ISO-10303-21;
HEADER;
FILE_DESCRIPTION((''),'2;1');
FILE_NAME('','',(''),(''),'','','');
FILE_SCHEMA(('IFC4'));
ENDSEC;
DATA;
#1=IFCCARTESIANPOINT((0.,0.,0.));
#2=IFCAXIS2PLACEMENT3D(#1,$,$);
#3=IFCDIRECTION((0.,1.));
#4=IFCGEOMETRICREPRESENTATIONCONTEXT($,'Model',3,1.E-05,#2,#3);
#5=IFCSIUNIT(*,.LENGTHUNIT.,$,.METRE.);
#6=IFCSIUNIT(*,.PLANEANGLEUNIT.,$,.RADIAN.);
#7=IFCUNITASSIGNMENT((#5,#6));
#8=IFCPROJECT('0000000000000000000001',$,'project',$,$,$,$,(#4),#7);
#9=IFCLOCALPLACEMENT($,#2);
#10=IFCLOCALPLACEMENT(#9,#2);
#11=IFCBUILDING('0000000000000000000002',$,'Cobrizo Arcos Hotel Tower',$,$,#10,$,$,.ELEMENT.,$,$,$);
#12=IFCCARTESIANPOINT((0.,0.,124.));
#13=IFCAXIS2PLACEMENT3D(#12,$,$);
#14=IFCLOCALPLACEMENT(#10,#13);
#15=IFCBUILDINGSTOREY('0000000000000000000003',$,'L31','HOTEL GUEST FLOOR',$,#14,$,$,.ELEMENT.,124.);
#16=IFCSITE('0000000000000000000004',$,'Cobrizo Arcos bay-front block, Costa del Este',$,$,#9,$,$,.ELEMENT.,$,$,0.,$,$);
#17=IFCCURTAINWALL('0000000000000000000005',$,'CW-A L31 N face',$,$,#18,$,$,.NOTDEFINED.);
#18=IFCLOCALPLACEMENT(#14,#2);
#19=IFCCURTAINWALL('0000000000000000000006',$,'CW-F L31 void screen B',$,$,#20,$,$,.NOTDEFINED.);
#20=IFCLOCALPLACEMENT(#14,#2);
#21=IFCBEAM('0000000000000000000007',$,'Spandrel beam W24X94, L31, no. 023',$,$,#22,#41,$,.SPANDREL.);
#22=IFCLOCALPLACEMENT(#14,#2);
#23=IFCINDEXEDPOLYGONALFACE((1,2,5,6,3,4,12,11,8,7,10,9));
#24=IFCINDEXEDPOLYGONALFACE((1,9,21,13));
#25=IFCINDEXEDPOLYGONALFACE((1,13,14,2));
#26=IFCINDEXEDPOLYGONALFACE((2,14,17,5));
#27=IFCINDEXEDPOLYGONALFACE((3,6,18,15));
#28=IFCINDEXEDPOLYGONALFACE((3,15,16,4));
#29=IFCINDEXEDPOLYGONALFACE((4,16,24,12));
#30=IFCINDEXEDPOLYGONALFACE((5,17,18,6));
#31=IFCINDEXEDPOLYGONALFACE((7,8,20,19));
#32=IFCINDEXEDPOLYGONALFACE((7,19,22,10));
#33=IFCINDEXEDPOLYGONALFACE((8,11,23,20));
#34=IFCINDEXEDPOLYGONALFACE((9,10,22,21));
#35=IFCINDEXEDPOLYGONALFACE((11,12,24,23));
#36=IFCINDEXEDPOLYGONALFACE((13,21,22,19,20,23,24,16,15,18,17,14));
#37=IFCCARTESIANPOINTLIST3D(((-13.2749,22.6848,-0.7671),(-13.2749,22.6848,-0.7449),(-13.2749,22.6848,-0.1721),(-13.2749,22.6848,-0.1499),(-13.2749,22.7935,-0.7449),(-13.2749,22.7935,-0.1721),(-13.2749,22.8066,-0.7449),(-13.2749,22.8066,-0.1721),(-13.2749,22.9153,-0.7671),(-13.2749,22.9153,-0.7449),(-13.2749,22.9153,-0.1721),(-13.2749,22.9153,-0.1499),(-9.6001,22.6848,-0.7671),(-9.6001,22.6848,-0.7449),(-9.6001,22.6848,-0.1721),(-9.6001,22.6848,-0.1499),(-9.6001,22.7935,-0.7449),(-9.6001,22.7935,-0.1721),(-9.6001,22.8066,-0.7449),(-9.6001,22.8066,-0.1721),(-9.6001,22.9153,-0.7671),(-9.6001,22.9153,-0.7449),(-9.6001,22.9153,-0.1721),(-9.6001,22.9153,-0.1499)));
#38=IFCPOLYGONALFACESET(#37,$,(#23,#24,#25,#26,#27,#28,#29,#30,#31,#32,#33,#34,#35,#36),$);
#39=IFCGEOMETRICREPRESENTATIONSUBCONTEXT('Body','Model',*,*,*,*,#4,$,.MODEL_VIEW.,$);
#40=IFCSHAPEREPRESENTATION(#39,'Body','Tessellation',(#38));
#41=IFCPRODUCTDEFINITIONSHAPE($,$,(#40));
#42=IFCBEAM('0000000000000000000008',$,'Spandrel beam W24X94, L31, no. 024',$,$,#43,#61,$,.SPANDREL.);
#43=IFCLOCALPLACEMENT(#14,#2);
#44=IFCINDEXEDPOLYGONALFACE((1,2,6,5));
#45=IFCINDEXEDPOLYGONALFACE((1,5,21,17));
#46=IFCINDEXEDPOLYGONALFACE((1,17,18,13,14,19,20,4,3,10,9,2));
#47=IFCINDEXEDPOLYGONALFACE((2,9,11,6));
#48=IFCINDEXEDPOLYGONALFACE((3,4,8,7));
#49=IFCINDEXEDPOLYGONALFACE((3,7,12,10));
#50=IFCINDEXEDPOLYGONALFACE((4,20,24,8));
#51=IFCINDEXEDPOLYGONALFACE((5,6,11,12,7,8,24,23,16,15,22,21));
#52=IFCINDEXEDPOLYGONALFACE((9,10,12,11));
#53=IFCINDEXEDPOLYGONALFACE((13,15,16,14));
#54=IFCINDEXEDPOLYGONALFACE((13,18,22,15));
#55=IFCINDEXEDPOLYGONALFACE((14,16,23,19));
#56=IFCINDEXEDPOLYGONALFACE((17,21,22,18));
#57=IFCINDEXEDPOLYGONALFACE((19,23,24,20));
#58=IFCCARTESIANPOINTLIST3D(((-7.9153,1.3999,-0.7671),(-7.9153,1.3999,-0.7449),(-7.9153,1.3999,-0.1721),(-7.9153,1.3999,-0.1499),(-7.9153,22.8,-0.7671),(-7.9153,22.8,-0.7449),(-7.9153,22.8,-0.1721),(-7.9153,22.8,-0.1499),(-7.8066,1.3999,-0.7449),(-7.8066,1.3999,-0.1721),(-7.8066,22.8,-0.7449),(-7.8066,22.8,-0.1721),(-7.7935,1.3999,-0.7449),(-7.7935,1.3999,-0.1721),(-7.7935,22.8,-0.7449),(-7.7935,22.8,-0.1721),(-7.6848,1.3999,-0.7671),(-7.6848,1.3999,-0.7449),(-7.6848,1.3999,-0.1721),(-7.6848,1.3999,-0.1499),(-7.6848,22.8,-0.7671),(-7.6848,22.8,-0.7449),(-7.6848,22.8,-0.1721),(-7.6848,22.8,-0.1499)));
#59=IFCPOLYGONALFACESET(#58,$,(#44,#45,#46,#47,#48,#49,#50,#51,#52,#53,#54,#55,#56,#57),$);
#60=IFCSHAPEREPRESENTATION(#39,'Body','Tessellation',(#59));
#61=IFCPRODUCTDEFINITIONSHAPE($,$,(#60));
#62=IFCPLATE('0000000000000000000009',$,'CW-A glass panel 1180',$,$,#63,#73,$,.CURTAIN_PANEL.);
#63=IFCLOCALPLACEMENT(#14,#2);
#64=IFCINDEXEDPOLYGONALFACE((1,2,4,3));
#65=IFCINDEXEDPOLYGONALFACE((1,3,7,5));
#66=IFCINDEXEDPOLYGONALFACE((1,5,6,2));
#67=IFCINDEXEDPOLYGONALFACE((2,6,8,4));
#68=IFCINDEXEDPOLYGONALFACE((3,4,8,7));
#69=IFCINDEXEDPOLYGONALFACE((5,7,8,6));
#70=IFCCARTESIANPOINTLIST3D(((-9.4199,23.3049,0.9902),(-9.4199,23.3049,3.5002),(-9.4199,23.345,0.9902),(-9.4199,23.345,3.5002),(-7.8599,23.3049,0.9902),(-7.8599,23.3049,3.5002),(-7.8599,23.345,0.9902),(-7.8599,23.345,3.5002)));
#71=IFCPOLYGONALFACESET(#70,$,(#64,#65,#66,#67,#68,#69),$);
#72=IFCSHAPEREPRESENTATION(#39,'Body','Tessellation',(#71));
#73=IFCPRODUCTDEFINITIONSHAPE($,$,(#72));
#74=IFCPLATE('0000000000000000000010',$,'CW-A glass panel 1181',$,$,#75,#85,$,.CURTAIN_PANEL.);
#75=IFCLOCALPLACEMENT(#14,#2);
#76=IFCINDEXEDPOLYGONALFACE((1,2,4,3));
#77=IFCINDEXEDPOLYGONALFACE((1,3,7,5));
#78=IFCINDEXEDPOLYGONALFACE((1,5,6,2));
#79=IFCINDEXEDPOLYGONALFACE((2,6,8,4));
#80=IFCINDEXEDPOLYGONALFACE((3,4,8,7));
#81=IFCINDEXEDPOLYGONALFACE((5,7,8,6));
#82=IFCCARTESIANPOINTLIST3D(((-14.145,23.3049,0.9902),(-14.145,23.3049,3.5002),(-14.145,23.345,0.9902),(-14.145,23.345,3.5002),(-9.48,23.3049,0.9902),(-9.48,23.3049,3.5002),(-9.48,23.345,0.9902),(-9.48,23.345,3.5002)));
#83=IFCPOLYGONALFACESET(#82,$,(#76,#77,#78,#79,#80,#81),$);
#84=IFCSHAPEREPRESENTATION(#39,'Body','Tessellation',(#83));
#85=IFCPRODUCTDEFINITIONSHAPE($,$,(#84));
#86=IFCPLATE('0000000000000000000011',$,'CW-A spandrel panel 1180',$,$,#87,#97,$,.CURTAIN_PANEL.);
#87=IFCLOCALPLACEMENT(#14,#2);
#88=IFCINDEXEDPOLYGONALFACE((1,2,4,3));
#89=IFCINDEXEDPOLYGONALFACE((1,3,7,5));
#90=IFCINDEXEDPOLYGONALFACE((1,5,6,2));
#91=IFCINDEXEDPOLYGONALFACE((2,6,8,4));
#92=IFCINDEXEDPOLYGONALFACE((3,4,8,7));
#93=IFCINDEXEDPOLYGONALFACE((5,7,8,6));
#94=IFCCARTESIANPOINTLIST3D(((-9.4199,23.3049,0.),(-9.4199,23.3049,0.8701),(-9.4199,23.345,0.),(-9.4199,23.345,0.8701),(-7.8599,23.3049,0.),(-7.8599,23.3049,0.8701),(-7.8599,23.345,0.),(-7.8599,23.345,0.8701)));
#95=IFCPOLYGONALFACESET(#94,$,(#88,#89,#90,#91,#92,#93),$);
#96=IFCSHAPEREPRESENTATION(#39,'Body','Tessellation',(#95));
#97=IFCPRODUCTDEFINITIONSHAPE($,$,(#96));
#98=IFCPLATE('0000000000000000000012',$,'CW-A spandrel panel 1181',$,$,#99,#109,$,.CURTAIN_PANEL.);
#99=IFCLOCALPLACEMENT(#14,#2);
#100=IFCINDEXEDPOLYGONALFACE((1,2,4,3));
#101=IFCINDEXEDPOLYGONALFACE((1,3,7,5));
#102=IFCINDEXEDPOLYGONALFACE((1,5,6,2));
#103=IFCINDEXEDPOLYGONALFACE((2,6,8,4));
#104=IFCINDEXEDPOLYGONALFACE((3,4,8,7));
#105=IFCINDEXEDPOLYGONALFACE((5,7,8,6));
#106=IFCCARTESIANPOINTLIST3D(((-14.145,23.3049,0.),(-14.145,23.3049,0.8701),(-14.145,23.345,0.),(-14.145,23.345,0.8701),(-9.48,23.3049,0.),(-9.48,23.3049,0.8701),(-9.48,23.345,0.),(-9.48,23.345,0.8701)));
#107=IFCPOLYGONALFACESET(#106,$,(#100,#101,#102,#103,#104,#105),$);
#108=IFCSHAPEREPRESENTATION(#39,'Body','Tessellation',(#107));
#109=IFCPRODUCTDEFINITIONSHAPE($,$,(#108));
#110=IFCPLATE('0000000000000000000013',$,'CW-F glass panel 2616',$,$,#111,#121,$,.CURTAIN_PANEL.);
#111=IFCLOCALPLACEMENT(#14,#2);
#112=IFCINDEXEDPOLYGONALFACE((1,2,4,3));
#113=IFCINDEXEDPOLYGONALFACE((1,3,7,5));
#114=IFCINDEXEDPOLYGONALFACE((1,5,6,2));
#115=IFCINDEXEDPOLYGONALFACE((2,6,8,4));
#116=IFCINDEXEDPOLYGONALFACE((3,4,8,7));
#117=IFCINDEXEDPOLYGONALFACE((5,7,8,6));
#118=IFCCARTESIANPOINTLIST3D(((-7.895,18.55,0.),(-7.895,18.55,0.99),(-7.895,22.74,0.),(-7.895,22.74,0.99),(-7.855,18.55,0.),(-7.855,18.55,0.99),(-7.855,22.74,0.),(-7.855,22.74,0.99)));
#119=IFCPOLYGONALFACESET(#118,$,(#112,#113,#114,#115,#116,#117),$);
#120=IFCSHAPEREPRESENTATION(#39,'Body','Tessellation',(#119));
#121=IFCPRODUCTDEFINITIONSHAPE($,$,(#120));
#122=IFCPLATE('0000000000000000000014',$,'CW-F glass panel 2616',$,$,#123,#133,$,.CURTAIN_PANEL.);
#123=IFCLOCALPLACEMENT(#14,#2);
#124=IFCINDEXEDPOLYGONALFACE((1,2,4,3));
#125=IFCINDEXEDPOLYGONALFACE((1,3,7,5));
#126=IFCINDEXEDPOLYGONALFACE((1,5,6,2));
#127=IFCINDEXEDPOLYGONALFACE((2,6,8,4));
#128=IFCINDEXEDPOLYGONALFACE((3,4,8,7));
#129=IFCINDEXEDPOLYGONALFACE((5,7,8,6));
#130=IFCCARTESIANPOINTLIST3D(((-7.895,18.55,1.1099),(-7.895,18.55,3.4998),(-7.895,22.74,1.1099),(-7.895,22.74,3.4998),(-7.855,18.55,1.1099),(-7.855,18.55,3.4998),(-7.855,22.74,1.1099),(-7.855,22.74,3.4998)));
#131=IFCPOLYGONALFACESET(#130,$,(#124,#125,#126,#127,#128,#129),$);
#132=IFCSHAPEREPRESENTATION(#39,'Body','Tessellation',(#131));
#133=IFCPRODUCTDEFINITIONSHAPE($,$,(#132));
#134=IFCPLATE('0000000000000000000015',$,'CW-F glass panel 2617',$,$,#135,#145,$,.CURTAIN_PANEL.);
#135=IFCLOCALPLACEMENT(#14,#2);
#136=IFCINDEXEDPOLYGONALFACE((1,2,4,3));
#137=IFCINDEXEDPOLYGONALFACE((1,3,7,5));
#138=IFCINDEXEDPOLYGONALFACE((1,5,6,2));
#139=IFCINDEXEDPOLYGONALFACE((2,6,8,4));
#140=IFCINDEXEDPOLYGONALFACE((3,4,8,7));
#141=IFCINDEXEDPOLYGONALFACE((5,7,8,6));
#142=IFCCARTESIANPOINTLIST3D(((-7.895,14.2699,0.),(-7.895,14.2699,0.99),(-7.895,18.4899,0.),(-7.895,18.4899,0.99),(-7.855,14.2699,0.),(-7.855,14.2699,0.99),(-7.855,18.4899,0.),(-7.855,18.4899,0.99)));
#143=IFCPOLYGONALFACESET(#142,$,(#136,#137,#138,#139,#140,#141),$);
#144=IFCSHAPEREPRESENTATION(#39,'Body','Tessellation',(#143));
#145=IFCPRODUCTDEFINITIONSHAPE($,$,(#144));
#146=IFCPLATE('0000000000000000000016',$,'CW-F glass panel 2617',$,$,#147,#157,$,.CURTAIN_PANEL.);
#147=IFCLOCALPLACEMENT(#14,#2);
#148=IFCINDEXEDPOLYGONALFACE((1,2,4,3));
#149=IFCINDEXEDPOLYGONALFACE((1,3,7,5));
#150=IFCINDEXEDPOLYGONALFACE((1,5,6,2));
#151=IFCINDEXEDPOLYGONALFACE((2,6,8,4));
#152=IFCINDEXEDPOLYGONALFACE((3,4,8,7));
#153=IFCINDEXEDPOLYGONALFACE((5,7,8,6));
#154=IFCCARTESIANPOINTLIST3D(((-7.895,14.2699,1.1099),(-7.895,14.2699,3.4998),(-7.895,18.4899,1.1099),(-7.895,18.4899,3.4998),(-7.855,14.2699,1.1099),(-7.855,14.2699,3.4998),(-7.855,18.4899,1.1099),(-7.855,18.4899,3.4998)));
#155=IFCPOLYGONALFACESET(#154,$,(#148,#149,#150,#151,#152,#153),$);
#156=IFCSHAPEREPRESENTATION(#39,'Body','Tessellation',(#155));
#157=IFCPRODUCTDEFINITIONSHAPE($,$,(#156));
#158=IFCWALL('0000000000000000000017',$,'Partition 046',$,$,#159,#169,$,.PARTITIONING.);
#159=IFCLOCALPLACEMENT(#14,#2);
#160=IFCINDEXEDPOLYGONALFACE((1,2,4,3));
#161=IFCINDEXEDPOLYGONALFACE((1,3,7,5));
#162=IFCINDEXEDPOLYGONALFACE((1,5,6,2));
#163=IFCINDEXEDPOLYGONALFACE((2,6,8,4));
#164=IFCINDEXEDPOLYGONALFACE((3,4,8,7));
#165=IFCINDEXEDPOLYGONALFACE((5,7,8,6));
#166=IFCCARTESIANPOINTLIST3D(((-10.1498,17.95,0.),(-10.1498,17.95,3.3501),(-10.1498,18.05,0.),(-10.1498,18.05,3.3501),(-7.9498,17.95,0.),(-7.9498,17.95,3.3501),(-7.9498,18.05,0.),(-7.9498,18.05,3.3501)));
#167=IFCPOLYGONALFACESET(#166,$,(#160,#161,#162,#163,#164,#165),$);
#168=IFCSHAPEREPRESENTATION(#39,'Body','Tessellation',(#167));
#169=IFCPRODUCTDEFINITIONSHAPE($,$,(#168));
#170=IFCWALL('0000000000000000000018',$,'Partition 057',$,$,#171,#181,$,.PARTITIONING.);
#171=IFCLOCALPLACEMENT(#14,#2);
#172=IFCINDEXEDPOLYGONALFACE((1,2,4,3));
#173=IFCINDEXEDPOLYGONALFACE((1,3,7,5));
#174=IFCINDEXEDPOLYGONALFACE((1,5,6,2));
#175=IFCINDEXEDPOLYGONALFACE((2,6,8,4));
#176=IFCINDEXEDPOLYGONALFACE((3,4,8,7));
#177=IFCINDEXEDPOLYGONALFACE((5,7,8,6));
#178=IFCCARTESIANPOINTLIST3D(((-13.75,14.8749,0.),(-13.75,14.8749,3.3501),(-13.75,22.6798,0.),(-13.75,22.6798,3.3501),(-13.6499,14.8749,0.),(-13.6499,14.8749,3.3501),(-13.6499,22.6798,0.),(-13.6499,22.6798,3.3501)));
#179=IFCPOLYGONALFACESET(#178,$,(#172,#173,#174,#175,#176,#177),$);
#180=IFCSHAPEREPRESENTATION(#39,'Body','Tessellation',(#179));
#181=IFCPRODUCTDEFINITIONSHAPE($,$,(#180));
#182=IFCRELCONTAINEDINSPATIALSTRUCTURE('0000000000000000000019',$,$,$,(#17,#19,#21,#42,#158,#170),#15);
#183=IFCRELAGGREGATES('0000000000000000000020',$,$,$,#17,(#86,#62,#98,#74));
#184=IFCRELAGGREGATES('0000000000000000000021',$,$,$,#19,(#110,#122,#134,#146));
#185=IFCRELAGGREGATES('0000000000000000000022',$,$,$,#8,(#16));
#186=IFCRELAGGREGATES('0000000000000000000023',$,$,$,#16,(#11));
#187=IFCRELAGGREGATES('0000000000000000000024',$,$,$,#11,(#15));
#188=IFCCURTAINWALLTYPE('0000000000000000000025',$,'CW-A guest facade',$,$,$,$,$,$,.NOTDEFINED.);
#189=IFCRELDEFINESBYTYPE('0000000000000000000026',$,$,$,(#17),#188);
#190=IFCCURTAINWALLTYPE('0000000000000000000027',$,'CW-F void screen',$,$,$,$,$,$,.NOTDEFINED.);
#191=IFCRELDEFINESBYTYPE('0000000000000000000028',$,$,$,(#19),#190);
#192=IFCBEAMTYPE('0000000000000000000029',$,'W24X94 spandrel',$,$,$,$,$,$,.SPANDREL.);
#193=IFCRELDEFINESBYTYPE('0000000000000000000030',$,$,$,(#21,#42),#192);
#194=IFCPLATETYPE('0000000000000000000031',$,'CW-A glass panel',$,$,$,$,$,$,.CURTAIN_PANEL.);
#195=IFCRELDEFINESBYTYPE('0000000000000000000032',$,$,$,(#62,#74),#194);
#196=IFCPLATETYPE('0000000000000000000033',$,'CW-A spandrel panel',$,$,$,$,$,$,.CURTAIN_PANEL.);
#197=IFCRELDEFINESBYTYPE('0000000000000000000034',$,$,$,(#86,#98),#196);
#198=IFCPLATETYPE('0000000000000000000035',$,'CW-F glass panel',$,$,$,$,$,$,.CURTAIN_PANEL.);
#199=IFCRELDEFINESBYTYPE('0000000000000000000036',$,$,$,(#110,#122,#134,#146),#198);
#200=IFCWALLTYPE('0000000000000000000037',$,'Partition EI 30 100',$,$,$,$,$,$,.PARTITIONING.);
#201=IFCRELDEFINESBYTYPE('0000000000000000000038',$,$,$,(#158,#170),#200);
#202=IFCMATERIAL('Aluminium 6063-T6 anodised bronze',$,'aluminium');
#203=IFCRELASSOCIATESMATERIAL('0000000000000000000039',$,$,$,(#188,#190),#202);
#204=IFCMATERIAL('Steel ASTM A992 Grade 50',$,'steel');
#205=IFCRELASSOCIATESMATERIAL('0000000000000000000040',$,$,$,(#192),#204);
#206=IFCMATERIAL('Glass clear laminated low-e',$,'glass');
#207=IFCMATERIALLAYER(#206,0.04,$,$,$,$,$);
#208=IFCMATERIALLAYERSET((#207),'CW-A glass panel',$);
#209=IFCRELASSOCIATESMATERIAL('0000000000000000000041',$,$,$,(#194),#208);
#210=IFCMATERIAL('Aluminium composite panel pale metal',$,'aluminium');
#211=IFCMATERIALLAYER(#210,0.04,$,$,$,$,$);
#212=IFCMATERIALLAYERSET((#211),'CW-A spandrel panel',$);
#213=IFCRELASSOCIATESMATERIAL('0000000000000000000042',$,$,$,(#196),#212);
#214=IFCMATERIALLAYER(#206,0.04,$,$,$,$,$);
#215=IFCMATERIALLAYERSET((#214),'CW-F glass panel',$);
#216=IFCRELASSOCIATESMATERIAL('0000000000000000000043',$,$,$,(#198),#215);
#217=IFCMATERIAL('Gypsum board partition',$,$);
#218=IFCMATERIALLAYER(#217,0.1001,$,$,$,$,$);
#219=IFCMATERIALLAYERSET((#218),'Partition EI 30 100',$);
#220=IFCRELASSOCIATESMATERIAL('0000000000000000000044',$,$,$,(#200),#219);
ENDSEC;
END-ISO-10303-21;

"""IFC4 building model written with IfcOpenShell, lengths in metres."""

from ifc_helpers import new_model, si_unit, direction, frame, frame_2d, origin, origin_2d, place, context, subcontext, project, spatial, rectangle, i_section, extrude, material, layer, layer_set, material_profile, profile_set, type_object, element, aggregate, save


model = new_model("IFC4")

# Units and contexts
model_context = context("Model", 3, precision=1e-05, world=origin(), true_north=direction((0.0, 1.0)))
body_context = subcontext(model_context, "Body", "Model", "MODEL_VIEW")
ifc_project = project(units=[si_unit("LENGTHUNIT", "METRE"), si_unit("PLANEANGLEUNIT", "RADIAN")], contexts=[model_context])

# Site, building, storey
site_placement = place(None, origin())
site = spatial("IfcSite", under=ifc_project, at=site_placement, Name="Cobrizo Arcos bay-front block, Costa del Este", CompositionType="ELEMENT", RefElevation=0.0)
building_placement = place(site_placement, origin())
building = spatial("IfcBuilding", under=site, at=building_placement, Name="Cobrizo Arcos Hotel Tower", CompositionType="ELEMENT")
storey_placement = place(building_placement, frame((0.0, 0.0, 124.0)))
storey = spatial("IfcBuildingStorey", under=building, at=storey_placement, Name="L31", Description="HOTEL GUEST FLOOR", CompositionType="ELEMENT", Elevation=124.0)

# Curtain walls
ifc_material_1 = material(Name="Aluminium 6063-T6 anodised bronze", Category="aluminium")
curtain_wall_type_1 = type_object("IfcCurtainWallType", Name="CW-A guest facade", PredefinedType="NOTDEFINED", material=ifc_material_1)
curtain_wall_1_placement = place(storey_placement, origin())
curtain_wall_1 = element("IfcCurtainWall", 1, at=curtain_wall_1_placement, inside=storey, type_object=curtain_wall_type_1, Name="CW-A L31 N face", PredefinedType="NOTDEFINED")
curtain_wall_type_2 = type_object("IfcCurtainWallType", Name="CW-F void screen", PredefinedType="NOTDEFINED", material=ifc_material_1)
curtain_wall_2_placement = place(storey_placement, origin())
curtain_wall_2 = element("IfcCurtainWall", 2, at=curtain_wall_2_placement, inside=storey, type_object=curtain_wall_type_2, Name="CW-F L31 void screen B", PredefinedType="NOTDEFINED")

# Beams
ifc_material_2 = material(Name="Steel ASTM A992 Grade 50", Category="steel")
ifc_material_profile_1 = material_profile(ifc_material_2, i_section(OverallWidth=0.2305, OverallDepth=0.6172, WebThickness=0.0132, FlangeThickness=0.0222, at=origin_2d()), Name="W24X94")
ifc_profile_set_1 = profile_set([ifc_material_profile_1], Name="Steel ASTM A992 Grade 50")
beam_type = type_object("IfcBeamType", Name="W24X94 spandrel", PredefinedType="SPANDREL", material=ifc_profile_set_1)
beam_1_placement = place(storey_placement, frame((-13.2749, 22.8, -0.4585), z_axis=(1.0, 0.0, 0.0), x_axis=(0.0, 1.0, 0.0)))
element("IfcBeam", 3, at=beam_1_placement, inside=storey, type_object=beam_type, Name="Spandrel beam W24X94, L31, no. 023", PredefinedType="SPANDREL", context=body_context, shape_type="SweptSolid", body=[
    extrude(i_section(OverallWidth=0.2305, OverallDepth=0.6172, WebThickness=0.0132, FlangeThickness=0.0222, at=origin_2d()), origin(), (0.0, 0.0, 1.0), 3.6748),
])
beam_2_placement = place(storey_placement, frame((-7.8, 22.8, -0.4585), z_axis=(0.0, -1.0, 0.0), x_axis=(1.0, 0.0, 0.0)))
element("IfcBeam", 4, at=beam_2_placement, inside=storey, type_object=beam_type, Name="Spandrel beam W24X94, L31, no. 024", PredefinedType="SPANDREL", context=body_context, shape_type="SweptSolid", body=[
    extrude(i_section(OverallWidth=0.2305, OverallDepth=0.6172, WebThickness=0.0132, FlangeThickness=0.0222, at=origin_2d()), origin(), (0.0, 0.0, 1.0), 21.4001),
])

# Plates
ifc_material_3 = material(Name="Glass clear laminated low-e", Category="glass")
ifc_layer_1 = layer(ifc_material_3, 0.04)
ifc_layer_set_1 = layer_set([ifc_layer_1], Name="CW-A glass panel")
plate_type_1 = type_object("IfcPlateType", Name="CW-A glass panel", PredefinedType="CURTAIN_PANEL", material=ifc_layer_set_1)
plate_1_placement = place(storey_placement, frame((-8.6399, 23.325, 0.9902), z_axis=(0.0, 0.0, 1.0), x_axis=(-1.0, 0.0, 0.0)))
plate_1 = element("IfcPlate", 5, at=plate_1_placement, type_object=plate_type_1, Name="CW-A glass panel 1180", PredefinedType="CURTAIN_PANEL", context=body_context, shape_type="SweptSolid", body=[
    extrude(rectangle(XDim=1.5601, YDim=0.04, at=origin_2d()), origin(), (0.0, 0.0, 1.0), 2.51),
])
plate_2_placement = place(storey_placement, frame((-11.8125, 23.325, 0.9902), z_axis=(0.0, 0.0, 1.0), x_axis=(-1.0, 0.0, 0.0)))
plate_2 = element("IfcPlate", 6, at=plate_2_placement, type_object=plate_type_1, Name="CW-A glass panel 1181", PredefinedType="CURTAIN_PANEL", context=body_context, shape_type="SweptSolid", body=[
    extrude(rectangle(XDim=4.665, YDim=0.04, at=origin_2d()), origin(), (0.0, 0.0, 1.0), 2.51),
])
ifc_material_4 = material(Name="Aluminium composite panel pale metal", Category="aluminium")
ifc_layer_2 = layer(ifc_material_4, 0.04)
ifc_layer_set_2 = layer_set([ifc_layer_2], Name="CW-A spandrel panel")
plate_type_2 = type_object("IfcPlateType", Name="CW-A spandrel panel", PredefinedType="CURTAIN_PANEL", material=ifc_layer_set_2)
plate_3_placement = place(storey_placement, frame((-8.6399, 23.325, 0.0), z_axis=(0.0, 0.0, 1.0), x_axis=(-1.0, 0.0, 0.0)))
plate_3 = element("IfcPlate", 7, at=plate_3_placement, type_object=plate_type_2, Name="CW-A spandrel panel 1180", PredefinedType="CURTAIN_PANEL", context=body_context, shape_type="SweptSolid", body=[
    extrude(rectangle(XDim=1.5601, YDim=0.04, at=origin_2d()), origin(), (0.0, 0.0, 1.0), 0.8701),
])
plate_4_placement = place(storey_placement, frame((-11.8125, 23.325, 0.0), z_axis=(0.0, 0.0, 1.0), x_axis=(-1.0, 0.0, 0.0)))
plate_4 = element("IfcPlate", 8, at=plate_4_placement, type_object=plate_type_2, Name="CW-A spandrel panel 1181", PredefinedType="CURTAIN_PANEL", context=body_context, shape_type="SweptSolid", body=[
    extrude(rectangle(XDim=4.665, YDim=0.04, at=origin_2d()), origin(), (0.0, 0.0, 1.0), 0.8701),
])
aggregate(curtain_wall_1, [plate_3, plate_1, plate_4, plate_2])
ifc_layer_3 = layer(ifc_material_3, 0.04)
ifc_layer_set_3 = layer_set([ifc_layer_3], Name="CW-F glass panel")
plate_type_3 = type_object("IfcPlateType", Name="CW-F glass panel", PredefinedType="CURTAIN_PANEL", material=ifc_layer_set_3)
plate_5_placement = place(storey_placement, frame((-7.875, 20.645, 0.0), z_axis=(0.0, 0.0, 1.0), x_axis=(0.0, -1.0, 0.0)))
plate_5 = element("IfcPlate", 9, at=plate_5_placement, type_object=plate_type_3, Name="CW-F glass panel 2616", PredefinedType="CURTAIN_PANEL", context=body_context, shape_type="SweptSolid", body=[
    extrude(rectangle(XDim=4.1899, YDim=0.04, at=origin_2d()), origin(), (0.0, 0.0, 1.0), 0.99),
])
plate_6_placement = place(storey_placement, frame((-7.875, 20.645, 1.1099), z_axis=(0.0, 0.0, 1.0), x_axis=(0.0, -1.0, 0.0)))
plate_6 = element("IfcPlate", 10, at=plate_6_placement, type_object=plate_type_3, Name="CW-F glass panel 2616", PredefinedType="CURTAIN_PANEL", context=body_context, shape_type="SweptSolid", body=[
    extrude(rectangle(XDim=4.1899, YDim=0.04, at=origin_2d()), origin(), (0.0, 0.0, 1.0), 2.3899),
])
plate_7_placement = place(storey_placement, frame((-7.875, 16.3799, 0.0), z_axis=(0.0, 0.0, 1.0), x_axis=(0.0, -1.0, 0.0)))
plate_7 = element("IfcPlate", 11, at=plate_7_placement, type_object=plate_type_3, Name="CW-F glass panel 2617", PredefinedType="CURTAIN_PANEL", context=body_context, shape_type="SweptSolid", body=[
    extrude(rectangle(XDim=4.22, YDim=0.04, at=origin_2d()), origin(), (0.0, 0.0, 1.0), 0.99),
])
plate_8_placement = place(storey_placement, frame((-7.875, 16.3799, 1.1099), z_axis=(0.0, 0.0, 1.0), x_axis=(0.0, -1.0, 0.0)))
plate_8 = element("IfcPlate", 12, at=plate_8_placement, type_object=plate_type_3, Name="CW-F glass panel 2617", PredefinedType="CURTAIN_PANEL", context=body_context, shape_type="SweptSolid", body=[
    extrude(rectangle(XDim=4.22, YDim=0.04, at=origin_2d()), origin(), (0.0, 0.0, 1.0), 2.3899),
])
aggregate(curtain_wall_2, [plate_5, plate_6, plate_7, plate_8])

# Walls
ifc_material_5 = material(Name="Gypsum board partition")
ifc_layer_4 = layer(ifc_material_5, 0.1001)
ifc_layer_set_4 = layer_set([ifc_layer_4], Name="Partition EI 30 100")
wall_type = type_object("IfcWallType", Name="Partition EI 30 100", PredefinedType="PARTITIONING", material=ifc_layer_set_4)
wall_1_placement = place(storey_placement, frame((-10.1499, 18.0, 0.0), z_axis=(0.0, 0.0, 1.0), x_axis=(1.0, 0.0, 0.0)))
element("IfcWall", 13, at=wall_1_placement, inside=storey, type_object=wall_type, Name="Partition 046", PredefinedType="PARTITIONING", context=body_context, shape_type="SweptSolid", body=[
    extrude(rectangle(XDim=2.2, YDim=0.1001, at=frame_2d((1.1001, 0.0))), origin(), (0.0, 0.0, 1.0), 3.3501),
])
wall_2_placement = place(storey_placement, frame((-13.7, 14.875, 0.0), z_axis=(0.0, 0.0, 1.0), x_axis=(0.0, 1.0, 0.0)))
element("IfcWall", 14, at=wall_2_placement, inside=storey, type_object=wall_type, Name="Partition 057", PredefinedType="PARTITIONING", context=body_context, shape_type="SweptSolid", body=[
    extrude(rectangle(XDim=7.8049, YDim=0.1001, at=frame_2d((3.9023, 0.0))), origin(), (0.0, 0.0, 1.0), 3.3501),
])

save(model, "model.ifc")
